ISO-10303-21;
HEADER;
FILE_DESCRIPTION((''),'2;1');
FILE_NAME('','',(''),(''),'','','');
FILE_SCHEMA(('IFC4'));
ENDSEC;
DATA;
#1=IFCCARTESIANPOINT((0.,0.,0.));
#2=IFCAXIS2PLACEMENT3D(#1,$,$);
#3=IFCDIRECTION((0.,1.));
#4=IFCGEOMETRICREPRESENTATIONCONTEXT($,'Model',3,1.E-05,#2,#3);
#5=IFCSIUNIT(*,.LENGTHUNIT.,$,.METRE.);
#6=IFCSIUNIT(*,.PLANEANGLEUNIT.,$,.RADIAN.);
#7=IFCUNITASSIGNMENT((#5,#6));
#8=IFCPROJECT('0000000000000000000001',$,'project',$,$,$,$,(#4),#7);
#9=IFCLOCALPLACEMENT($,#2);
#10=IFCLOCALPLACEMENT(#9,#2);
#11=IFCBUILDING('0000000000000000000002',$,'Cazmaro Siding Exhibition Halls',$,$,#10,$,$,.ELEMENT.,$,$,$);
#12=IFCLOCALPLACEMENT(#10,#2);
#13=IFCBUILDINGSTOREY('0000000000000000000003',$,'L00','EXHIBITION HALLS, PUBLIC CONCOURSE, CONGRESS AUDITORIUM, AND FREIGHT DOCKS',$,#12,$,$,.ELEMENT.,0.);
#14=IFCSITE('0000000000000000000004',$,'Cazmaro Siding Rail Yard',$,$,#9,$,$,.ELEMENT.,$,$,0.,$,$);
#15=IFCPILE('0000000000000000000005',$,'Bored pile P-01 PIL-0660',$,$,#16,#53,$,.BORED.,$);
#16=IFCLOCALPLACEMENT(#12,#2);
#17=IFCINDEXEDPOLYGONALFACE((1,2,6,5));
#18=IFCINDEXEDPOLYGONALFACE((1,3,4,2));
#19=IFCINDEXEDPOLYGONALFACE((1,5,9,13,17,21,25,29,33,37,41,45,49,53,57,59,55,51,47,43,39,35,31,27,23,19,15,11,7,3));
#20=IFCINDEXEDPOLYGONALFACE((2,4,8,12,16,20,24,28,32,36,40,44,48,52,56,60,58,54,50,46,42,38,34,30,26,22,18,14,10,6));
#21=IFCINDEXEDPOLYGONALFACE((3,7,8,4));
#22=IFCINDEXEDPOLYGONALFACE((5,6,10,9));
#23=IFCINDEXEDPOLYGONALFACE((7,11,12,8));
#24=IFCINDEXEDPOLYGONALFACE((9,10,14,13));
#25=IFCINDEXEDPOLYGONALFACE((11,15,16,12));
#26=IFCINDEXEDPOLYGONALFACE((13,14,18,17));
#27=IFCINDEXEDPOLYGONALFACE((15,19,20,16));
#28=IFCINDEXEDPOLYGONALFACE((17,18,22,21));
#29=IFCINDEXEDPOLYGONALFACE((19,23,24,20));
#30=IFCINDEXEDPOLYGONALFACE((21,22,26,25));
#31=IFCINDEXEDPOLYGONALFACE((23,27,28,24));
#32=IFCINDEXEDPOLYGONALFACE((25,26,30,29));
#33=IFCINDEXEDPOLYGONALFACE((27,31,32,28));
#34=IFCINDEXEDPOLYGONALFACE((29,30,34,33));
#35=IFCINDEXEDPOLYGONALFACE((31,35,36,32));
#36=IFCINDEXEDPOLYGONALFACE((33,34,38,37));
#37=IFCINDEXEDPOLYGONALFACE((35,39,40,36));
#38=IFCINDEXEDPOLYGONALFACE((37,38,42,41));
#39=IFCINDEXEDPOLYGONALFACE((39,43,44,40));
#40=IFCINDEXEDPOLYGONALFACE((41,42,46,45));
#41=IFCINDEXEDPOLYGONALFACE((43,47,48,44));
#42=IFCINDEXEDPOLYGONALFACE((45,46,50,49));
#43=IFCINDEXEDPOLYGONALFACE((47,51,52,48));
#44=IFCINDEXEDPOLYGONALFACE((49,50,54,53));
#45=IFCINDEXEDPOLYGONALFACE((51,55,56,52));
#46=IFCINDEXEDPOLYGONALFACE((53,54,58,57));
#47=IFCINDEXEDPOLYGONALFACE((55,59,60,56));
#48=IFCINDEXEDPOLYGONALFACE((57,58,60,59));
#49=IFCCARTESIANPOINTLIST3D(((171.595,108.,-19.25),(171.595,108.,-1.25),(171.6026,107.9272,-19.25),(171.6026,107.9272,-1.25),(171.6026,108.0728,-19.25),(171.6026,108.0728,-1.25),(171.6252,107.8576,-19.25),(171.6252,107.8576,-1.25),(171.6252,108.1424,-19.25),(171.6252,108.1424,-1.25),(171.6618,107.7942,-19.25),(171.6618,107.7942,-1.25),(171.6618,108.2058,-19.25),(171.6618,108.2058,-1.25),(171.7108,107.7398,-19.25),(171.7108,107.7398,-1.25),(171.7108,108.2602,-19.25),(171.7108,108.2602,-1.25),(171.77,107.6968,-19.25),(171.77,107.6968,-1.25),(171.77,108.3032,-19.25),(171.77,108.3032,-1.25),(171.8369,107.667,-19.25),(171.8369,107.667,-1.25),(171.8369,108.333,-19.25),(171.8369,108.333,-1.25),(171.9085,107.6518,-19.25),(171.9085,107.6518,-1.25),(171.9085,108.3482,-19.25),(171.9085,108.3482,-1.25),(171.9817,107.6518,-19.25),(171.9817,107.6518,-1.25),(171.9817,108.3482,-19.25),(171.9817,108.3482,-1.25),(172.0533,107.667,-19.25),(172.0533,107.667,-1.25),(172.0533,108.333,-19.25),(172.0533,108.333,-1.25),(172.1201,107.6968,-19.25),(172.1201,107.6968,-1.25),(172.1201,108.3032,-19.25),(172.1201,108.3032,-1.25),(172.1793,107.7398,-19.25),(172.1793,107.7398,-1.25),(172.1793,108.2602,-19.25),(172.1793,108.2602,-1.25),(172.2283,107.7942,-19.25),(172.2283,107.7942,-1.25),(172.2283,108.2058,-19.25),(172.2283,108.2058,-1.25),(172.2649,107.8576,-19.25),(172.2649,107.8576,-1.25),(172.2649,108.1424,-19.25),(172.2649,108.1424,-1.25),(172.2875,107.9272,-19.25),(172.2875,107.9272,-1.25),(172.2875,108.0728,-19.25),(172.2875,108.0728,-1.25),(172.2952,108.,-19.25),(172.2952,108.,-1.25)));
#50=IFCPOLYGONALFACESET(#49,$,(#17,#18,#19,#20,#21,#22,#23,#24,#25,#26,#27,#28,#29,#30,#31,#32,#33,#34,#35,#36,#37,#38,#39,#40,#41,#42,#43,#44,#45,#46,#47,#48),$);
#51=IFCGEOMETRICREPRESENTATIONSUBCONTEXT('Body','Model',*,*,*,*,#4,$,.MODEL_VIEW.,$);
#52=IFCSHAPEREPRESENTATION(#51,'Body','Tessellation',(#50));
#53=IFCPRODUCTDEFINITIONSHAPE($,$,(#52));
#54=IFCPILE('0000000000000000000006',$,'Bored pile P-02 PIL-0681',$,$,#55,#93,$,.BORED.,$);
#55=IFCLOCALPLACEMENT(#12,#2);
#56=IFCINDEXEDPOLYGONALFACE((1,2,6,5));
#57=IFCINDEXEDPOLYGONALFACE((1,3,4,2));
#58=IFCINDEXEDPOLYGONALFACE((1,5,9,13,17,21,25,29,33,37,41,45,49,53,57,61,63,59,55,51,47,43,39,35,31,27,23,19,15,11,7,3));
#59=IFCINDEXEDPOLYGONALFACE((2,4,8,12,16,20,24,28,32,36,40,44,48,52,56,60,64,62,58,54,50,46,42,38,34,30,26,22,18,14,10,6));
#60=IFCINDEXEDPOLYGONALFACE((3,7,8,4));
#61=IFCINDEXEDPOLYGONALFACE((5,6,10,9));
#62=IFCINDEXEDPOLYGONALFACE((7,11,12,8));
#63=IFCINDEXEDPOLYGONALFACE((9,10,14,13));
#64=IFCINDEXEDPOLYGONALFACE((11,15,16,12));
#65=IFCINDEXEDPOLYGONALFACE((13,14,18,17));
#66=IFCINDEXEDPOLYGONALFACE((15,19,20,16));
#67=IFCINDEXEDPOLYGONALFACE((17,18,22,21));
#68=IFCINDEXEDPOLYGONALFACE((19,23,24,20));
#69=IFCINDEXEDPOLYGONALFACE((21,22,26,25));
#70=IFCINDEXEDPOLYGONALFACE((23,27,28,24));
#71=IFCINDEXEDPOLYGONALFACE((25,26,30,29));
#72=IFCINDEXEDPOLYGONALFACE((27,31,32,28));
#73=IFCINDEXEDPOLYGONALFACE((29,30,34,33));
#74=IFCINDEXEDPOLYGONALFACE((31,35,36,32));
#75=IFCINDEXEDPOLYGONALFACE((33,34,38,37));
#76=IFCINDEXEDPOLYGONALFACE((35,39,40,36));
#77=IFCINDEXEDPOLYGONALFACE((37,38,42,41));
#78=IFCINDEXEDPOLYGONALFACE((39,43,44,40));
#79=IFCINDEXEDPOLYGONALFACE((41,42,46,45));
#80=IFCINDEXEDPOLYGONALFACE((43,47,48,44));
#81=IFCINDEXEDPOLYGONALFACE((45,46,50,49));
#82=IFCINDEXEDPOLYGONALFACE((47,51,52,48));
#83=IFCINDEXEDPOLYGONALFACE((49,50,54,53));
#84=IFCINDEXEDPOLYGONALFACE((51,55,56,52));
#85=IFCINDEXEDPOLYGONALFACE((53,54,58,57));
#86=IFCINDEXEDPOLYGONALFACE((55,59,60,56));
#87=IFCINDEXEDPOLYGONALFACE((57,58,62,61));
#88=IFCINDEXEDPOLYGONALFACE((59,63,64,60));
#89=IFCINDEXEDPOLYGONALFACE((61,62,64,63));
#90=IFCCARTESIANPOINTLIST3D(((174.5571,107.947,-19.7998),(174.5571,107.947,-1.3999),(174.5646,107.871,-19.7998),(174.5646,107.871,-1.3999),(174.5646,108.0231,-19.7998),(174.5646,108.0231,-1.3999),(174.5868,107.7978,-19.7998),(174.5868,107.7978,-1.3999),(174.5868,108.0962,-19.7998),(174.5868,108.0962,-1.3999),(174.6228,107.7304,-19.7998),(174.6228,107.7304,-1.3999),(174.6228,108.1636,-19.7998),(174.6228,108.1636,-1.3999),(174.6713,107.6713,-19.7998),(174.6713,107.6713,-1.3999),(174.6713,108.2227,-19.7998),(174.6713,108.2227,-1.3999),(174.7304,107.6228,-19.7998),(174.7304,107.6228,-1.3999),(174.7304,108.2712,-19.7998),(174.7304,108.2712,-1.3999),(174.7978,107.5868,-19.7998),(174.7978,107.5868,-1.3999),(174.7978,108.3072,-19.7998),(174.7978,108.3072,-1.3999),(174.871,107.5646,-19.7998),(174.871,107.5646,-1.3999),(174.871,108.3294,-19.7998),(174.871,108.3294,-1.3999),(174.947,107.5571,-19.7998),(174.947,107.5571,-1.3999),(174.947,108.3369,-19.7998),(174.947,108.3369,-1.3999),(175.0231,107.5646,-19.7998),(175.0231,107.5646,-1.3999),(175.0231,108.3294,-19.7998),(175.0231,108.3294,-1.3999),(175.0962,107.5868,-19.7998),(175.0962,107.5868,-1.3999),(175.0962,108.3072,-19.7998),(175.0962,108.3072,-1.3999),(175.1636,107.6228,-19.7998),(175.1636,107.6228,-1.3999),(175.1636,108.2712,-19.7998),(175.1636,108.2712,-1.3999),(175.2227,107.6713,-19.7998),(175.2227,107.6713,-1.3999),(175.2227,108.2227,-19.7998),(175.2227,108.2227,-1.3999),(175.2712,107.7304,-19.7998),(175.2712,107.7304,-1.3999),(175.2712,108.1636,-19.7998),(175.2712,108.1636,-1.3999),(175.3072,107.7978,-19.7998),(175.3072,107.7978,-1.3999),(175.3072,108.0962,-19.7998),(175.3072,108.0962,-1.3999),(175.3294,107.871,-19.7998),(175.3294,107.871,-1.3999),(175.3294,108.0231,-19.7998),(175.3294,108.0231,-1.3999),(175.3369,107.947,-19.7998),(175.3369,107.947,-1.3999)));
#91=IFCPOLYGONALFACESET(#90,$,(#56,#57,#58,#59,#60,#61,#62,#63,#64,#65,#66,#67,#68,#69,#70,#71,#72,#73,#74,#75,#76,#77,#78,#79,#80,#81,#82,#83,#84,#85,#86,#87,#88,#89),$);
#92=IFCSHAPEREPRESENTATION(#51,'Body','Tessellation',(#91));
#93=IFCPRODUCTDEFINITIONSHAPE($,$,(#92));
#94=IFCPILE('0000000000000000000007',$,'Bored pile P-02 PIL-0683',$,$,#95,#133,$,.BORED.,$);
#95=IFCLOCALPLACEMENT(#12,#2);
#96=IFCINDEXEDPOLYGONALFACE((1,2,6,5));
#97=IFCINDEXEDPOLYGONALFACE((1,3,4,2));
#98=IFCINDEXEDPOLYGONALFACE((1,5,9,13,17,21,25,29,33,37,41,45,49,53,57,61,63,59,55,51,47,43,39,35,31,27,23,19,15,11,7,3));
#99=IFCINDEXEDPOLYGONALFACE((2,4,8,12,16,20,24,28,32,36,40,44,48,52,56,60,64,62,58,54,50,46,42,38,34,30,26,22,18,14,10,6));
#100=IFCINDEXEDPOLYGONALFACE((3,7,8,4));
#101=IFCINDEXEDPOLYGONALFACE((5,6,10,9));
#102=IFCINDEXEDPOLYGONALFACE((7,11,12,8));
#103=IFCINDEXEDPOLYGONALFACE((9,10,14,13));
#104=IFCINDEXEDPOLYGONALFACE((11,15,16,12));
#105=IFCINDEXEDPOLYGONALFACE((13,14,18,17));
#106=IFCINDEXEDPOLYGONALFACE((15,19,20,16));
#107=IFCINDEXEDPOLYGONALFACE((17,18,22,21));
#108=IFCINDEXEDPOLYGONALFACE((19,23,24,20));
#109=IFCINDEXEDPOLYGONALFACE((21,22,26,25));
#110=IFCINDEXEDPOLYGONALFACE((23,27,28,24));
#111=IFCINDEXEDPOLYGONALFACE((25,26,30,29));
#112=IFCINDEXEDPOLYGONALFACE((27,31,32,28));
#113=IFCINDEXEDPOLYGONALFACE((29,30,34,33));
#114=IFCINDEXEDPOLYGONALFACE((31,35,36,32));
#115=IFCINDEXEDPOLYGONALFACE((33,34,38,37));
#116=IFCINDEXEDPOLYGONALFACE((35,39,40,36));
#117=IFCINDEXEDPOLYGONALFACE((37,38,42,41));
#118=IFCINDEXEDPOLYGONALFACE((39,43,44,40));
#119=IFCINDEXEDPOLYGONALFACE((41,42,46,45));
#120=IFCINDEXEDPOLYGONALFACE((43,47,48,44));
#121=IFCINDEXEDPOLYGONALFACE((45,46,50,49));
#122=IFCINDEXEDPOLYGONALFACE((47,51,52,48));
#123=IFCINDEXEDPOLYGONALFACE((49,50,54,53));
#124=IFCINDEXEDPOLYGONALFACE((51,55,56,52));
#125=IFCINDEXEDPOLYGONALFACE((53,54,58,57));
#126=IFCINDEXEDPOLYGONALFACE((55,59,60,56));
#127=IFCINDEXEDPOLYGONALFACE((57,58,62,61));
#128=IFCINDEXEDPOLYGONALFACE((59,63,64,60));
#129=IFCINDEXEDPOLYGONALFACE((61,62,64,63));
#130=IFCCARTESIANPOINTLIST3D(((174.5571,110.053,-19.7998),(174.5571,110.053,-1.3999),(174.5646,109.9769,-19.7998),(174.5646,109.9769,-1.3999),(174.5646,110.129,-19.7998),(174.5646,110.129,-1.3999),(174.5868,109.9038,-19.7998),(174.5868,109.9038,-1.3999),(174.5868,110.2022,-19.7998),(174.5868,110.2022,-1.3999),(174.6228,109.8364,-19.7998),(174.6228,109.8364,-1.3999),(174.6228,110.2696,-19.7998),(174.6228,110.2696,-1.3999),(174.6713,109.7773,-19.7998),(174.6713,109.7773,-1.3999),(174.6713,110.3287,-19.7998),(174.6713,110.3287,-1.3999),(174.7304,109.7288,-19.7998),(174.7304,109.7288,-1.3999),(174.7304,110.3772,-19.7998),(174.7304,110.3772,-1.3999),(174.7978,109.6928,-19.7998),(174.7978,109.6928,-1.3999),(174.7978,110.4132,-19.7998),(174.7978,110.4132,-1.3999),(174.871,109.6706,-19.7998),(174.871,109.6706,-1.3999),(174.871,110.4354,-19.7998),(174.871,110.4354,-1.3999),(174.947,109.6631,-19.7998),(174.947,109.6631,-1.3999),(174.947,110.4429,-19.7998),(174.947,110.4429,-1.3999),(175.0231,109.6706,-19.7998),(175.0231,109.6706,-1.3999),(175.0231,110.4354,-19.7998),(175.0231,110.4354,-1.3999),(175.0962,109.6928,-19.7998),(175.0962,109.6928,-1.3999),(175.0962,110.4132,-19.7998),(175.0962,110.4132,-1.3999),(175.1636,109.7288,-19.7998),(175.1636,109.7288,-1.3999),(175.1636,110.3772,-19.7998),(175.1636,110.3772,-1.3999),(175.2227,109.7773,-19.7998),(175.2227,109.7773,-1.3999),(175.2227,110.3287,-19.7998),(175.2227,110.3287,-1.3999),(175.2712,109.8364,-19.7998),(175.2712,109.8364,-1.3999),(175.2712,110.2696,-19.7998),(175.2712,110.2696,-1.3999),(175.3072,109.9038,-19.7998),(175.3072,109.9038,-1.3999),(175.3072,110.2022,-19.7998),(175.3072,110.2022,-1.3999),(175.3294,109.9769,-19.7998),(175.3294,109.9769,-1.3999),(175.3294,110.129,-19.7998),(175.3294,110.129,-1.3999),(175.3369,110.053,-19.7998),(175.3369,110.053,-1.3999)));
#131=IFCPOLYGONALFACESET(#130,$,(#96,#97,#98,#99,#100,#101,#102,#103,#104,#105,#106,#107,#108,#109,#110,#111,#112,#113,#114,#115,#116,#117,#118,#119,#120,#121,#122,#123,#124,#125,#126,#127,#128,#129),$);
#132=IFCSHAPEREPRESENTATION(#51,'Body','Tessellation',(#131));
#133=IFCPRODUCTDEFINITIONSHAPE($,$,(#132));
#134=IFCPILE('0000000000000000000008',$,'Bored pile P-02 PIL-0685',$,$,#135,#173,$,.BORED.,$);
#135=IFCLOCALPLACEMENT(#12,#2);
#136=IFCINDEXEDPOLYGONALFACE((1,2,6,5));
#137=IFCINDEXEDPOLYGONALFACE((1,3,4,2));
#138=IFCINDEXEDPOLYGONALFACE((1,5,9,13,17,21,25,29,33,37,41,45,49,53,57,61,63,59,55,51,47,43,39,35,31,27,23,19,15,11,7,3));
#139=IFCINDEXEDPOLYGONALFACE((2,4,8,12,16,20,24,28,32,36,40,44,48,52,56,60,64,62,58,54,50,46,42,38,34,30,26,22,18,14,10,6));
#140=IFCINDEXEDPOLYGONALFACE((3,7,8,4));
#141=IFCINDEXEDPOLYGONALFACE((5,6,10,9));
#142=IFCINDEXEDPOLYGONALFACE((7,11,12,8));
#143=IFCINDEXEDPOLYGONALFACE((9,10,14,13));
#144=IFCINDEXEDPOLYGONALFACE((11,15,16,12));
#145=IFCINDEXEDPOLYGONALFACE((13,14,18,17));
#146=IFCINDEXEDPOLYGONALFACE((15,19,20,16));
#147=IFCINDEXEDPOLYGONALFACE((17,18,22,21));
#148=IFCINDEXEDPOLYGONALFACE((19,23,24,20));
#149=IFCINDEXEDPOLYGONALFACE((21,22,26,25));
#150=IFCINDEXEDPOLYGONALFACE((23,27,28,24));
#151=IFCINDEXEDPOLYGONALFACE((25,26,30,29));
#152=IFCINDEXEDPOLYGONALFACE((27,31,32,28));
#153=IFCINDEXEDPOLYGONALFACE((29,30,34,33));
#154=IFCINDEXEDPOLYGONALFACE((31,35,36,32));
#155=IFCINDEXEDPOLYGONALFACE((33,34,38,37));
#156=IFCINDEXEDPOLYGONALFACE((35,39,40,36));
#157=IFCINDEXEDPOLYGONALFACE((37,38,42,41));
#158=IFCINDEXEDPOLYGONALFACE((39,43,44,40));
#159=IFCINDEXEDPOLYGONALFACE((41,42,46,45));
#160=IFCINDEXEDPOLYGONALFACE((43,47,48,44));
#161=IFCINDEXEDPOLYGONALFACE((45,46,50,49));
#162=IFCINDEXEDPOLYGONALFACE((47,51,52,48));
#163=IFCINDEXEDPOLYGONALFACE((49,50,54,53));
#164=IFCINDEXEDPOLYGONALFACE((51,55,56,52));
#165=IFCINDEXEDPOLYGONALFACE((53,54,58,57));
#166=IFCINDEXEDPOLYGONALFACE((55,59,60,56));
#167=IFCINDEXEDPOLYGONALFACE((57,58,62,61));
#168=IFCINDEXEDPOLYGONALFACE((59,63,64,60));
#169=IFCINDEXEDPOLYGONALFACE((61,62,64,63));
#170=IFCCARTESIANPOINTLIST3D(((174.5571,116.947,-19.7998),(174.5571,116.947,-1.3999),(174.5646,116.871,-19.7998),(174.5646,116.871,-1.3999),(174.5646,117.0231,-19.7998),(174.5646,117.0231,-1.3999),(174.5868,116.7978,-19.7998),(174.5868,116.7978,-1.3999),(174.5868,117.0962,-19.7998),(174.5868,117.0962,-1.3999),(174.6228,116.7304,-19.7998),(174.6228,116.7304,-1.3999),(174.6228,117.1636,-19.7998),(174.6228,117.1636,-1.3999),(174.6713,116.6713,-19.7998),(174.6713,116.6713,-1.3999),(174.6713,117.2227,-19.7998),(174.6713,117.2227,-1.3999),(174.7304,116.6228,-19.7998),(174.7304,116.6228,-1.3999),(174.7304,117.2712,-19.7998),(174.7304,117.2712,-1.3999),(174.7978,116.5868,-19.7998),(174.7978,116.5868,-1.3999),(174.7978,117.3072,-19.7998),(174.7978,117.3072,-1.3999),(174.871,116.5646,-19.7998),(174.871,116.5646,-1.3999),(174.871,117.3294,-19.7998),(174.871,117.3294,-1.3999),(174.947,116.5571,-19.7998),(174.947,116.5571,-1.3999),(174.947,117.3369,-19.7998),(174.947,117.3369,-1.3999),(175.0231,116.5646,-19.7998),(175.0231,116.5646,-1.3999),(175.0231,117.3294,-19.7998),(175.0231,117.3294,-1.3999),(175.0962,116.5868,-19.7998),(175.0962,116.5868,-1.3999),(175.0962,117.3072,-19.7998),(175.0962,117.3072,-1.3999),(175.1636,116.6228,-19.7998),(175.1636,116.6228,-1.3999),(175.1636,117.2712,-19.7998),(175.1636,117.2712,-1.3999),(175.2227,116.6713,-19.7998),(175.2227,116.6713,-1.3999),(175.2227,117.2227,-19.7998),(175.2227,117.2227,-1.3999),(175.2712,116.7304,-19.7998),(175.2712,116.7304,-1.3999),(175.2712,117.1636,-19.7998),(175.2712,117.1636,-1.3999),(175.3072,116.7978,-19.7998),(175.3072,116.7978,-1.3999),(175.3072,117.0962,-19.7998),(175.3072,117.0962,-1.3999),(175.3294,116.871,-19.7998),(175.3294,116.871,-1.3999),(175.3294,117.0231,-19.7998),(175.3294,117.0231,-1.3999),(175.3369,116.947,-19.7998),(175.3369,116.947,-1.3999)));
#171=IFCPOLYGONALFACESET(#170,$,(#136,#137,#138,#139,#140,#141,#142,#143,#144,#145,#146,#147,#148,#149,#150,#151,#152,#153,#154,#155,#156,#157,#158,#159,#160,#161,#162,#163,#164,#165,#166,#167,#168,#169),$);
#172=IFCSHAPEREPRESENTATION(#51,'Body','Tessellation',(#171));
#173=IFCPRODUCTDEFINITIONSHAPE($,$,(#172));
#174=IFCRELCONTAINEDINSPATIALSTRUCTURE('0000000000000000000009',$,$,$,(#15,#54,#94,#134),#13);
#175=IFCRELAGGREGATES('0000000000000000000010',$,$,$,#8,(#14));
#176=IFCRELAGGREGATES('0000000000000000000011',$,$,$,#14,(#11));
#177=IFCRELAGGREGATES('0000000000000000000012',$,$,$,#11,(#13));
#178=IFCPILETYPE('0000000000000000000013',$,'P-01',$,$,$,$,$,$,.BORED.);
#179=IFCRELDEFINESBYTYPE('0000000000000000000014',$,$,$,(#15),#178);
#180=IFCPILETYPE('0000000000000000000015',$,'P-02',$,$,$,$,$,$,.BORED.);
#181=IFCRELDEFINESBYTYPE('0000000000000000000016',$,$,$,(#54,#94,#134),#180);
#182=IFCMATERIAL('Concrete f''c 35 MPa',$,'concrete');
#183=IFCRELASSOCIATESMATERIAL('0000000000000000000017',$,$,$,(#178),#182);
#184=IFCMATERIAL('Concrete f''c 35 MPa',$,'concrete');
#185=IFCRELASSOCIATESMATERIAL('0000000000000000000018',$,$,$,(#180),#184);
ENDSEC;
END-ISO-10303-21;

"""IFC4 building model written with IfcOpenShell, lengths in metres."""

from ifc_helpers import new_model, si_unit, direction, frame, origin, origin_2d, place, context, subcontext, project, spatial, circle, extrude, material, material_profile, profile_set, type_object, element, save


model = new_model("IFC4")

# Units and contexts
model_context = context("Model", 3, precision=1e-05, world=origin(), true_north=direction((0.0, 1.0)))
body_context = subcontext(model_context, "Body", "Model", "MODEL_VIEW")
ifc_project = project(units=[si_unit("LENGTHUNIT", "METRE"), si_unit("PLANEANGLEUNIT", "RADIAN")], contexts=[model_context])

# Site, building, storey
site_placement = place(None, origin())
site = spatial("IfcSite", under=ifc_project, at=site_placement, Name="Cazmaro Siding Rail Yard", CompositionType="ELEMENT", RefElevation=0.0)
building_placement = place(site_placement, origin())
building = spatial("IfcBuilding", under=site, at=building_placement, Name="Cazmaro Siding Exhibition Halls", CompositionType="ELEMENT")
storey_placement = place(building_placement, origin())
storey = spatial("IfcBuildingStorey", under=building, at=storey_placement, Name="L00", Description="EXHIBITION HALLS, PUBLIC CONCOURSE, CONGRESS AUDITORIUM, AND FREIGHT DOCKS", CompositionType="ELEMENT", Elevation=0.0)

# Piles
ifc_material_1 = material(Name="Concrete f'c 35 MPa", Category="concrete")
ifc_material_profile_1 = material_profile(ifc_material_1, circle(Radius=0.3501, at=origin_2d()), Name="CIDH-700")
ifc_profile_set_1 = profile_set([ifc_material_profile_1], Name="Concrete f'c 35 MPa")
pile_type_1 = type_object("IfcPileType", Name="P-01", PredefinedType="BORED", material=ifc_profile_set_1)
pile_placement = place(storey_placement, frame((171.9451, 108.0, -1.25), z_axis=(0.0, 0.0, -1.0), x_axis=(1.0, 0.0, 0.0)))
element("IfcPile", 1, at=pile_placement, inside=storey, type_object=pile_type_1, Name="Bored pile P-01 PIL-0660", PredefinedType="BORED", context=body_context, shape_type="SweptSolid", body=[
    extrude(circle(Radius=0.3501, at=origin_2d()), origin(), (0.0, 0.0, 1.0), 18.0),
])
ifc_material_2 = material(Name="Concrete f'c 35 MPa", Category="concrete")
ifc_material_profile_2 = material_profile(ifc_material_2, circle(Radius=0.3899, at=origin_2d()), Name="CIDH-780")
ifc_profile_set_2 = profile_set([ifc_material_profile_2], Name="Concrete f'c 35 MPa")
pile_type_2 = type_object("IfcPileType", Name="P-02", PredefinedType="BORED", material=ifc_profile_set_2)
for number, where, z_axis, x_axis, name in (
    (2, (174.947, 107.947, -1.3999), (0.0, 0.0, -1.0), (1.0, 0.0, 0.0), "Bored pile P-02 PIL-0681"),
    (3, (174.947, 110.053, -1.3999), (0.0, 0.0, -1.0), (1.0, 0.0, 0.0), "Bored pile P-02 PIL-0683"),
    (4, (174.947, 116.947, -1.3999), (0.0, 0.0, -1.0), (1.0, 0.0, 0.0), "Bored pile P-02 PIL-0685"),
):
    element("IfcPile", number, at=place(storey_placement, frame(where, z_axis=z_axis, x_axis=x_axis)), inside=storey, type_object=pile_type_2, Name=name, PredefinedType="BORED", context=body_context, shape_type="SweptSolid", body=[
        extrude(circle(Radius=0.3899, at=origin_2d()), origin(), (0.0, 0.0, 1.0), 18.3999),
    ])

save(model, "model.ifc")
